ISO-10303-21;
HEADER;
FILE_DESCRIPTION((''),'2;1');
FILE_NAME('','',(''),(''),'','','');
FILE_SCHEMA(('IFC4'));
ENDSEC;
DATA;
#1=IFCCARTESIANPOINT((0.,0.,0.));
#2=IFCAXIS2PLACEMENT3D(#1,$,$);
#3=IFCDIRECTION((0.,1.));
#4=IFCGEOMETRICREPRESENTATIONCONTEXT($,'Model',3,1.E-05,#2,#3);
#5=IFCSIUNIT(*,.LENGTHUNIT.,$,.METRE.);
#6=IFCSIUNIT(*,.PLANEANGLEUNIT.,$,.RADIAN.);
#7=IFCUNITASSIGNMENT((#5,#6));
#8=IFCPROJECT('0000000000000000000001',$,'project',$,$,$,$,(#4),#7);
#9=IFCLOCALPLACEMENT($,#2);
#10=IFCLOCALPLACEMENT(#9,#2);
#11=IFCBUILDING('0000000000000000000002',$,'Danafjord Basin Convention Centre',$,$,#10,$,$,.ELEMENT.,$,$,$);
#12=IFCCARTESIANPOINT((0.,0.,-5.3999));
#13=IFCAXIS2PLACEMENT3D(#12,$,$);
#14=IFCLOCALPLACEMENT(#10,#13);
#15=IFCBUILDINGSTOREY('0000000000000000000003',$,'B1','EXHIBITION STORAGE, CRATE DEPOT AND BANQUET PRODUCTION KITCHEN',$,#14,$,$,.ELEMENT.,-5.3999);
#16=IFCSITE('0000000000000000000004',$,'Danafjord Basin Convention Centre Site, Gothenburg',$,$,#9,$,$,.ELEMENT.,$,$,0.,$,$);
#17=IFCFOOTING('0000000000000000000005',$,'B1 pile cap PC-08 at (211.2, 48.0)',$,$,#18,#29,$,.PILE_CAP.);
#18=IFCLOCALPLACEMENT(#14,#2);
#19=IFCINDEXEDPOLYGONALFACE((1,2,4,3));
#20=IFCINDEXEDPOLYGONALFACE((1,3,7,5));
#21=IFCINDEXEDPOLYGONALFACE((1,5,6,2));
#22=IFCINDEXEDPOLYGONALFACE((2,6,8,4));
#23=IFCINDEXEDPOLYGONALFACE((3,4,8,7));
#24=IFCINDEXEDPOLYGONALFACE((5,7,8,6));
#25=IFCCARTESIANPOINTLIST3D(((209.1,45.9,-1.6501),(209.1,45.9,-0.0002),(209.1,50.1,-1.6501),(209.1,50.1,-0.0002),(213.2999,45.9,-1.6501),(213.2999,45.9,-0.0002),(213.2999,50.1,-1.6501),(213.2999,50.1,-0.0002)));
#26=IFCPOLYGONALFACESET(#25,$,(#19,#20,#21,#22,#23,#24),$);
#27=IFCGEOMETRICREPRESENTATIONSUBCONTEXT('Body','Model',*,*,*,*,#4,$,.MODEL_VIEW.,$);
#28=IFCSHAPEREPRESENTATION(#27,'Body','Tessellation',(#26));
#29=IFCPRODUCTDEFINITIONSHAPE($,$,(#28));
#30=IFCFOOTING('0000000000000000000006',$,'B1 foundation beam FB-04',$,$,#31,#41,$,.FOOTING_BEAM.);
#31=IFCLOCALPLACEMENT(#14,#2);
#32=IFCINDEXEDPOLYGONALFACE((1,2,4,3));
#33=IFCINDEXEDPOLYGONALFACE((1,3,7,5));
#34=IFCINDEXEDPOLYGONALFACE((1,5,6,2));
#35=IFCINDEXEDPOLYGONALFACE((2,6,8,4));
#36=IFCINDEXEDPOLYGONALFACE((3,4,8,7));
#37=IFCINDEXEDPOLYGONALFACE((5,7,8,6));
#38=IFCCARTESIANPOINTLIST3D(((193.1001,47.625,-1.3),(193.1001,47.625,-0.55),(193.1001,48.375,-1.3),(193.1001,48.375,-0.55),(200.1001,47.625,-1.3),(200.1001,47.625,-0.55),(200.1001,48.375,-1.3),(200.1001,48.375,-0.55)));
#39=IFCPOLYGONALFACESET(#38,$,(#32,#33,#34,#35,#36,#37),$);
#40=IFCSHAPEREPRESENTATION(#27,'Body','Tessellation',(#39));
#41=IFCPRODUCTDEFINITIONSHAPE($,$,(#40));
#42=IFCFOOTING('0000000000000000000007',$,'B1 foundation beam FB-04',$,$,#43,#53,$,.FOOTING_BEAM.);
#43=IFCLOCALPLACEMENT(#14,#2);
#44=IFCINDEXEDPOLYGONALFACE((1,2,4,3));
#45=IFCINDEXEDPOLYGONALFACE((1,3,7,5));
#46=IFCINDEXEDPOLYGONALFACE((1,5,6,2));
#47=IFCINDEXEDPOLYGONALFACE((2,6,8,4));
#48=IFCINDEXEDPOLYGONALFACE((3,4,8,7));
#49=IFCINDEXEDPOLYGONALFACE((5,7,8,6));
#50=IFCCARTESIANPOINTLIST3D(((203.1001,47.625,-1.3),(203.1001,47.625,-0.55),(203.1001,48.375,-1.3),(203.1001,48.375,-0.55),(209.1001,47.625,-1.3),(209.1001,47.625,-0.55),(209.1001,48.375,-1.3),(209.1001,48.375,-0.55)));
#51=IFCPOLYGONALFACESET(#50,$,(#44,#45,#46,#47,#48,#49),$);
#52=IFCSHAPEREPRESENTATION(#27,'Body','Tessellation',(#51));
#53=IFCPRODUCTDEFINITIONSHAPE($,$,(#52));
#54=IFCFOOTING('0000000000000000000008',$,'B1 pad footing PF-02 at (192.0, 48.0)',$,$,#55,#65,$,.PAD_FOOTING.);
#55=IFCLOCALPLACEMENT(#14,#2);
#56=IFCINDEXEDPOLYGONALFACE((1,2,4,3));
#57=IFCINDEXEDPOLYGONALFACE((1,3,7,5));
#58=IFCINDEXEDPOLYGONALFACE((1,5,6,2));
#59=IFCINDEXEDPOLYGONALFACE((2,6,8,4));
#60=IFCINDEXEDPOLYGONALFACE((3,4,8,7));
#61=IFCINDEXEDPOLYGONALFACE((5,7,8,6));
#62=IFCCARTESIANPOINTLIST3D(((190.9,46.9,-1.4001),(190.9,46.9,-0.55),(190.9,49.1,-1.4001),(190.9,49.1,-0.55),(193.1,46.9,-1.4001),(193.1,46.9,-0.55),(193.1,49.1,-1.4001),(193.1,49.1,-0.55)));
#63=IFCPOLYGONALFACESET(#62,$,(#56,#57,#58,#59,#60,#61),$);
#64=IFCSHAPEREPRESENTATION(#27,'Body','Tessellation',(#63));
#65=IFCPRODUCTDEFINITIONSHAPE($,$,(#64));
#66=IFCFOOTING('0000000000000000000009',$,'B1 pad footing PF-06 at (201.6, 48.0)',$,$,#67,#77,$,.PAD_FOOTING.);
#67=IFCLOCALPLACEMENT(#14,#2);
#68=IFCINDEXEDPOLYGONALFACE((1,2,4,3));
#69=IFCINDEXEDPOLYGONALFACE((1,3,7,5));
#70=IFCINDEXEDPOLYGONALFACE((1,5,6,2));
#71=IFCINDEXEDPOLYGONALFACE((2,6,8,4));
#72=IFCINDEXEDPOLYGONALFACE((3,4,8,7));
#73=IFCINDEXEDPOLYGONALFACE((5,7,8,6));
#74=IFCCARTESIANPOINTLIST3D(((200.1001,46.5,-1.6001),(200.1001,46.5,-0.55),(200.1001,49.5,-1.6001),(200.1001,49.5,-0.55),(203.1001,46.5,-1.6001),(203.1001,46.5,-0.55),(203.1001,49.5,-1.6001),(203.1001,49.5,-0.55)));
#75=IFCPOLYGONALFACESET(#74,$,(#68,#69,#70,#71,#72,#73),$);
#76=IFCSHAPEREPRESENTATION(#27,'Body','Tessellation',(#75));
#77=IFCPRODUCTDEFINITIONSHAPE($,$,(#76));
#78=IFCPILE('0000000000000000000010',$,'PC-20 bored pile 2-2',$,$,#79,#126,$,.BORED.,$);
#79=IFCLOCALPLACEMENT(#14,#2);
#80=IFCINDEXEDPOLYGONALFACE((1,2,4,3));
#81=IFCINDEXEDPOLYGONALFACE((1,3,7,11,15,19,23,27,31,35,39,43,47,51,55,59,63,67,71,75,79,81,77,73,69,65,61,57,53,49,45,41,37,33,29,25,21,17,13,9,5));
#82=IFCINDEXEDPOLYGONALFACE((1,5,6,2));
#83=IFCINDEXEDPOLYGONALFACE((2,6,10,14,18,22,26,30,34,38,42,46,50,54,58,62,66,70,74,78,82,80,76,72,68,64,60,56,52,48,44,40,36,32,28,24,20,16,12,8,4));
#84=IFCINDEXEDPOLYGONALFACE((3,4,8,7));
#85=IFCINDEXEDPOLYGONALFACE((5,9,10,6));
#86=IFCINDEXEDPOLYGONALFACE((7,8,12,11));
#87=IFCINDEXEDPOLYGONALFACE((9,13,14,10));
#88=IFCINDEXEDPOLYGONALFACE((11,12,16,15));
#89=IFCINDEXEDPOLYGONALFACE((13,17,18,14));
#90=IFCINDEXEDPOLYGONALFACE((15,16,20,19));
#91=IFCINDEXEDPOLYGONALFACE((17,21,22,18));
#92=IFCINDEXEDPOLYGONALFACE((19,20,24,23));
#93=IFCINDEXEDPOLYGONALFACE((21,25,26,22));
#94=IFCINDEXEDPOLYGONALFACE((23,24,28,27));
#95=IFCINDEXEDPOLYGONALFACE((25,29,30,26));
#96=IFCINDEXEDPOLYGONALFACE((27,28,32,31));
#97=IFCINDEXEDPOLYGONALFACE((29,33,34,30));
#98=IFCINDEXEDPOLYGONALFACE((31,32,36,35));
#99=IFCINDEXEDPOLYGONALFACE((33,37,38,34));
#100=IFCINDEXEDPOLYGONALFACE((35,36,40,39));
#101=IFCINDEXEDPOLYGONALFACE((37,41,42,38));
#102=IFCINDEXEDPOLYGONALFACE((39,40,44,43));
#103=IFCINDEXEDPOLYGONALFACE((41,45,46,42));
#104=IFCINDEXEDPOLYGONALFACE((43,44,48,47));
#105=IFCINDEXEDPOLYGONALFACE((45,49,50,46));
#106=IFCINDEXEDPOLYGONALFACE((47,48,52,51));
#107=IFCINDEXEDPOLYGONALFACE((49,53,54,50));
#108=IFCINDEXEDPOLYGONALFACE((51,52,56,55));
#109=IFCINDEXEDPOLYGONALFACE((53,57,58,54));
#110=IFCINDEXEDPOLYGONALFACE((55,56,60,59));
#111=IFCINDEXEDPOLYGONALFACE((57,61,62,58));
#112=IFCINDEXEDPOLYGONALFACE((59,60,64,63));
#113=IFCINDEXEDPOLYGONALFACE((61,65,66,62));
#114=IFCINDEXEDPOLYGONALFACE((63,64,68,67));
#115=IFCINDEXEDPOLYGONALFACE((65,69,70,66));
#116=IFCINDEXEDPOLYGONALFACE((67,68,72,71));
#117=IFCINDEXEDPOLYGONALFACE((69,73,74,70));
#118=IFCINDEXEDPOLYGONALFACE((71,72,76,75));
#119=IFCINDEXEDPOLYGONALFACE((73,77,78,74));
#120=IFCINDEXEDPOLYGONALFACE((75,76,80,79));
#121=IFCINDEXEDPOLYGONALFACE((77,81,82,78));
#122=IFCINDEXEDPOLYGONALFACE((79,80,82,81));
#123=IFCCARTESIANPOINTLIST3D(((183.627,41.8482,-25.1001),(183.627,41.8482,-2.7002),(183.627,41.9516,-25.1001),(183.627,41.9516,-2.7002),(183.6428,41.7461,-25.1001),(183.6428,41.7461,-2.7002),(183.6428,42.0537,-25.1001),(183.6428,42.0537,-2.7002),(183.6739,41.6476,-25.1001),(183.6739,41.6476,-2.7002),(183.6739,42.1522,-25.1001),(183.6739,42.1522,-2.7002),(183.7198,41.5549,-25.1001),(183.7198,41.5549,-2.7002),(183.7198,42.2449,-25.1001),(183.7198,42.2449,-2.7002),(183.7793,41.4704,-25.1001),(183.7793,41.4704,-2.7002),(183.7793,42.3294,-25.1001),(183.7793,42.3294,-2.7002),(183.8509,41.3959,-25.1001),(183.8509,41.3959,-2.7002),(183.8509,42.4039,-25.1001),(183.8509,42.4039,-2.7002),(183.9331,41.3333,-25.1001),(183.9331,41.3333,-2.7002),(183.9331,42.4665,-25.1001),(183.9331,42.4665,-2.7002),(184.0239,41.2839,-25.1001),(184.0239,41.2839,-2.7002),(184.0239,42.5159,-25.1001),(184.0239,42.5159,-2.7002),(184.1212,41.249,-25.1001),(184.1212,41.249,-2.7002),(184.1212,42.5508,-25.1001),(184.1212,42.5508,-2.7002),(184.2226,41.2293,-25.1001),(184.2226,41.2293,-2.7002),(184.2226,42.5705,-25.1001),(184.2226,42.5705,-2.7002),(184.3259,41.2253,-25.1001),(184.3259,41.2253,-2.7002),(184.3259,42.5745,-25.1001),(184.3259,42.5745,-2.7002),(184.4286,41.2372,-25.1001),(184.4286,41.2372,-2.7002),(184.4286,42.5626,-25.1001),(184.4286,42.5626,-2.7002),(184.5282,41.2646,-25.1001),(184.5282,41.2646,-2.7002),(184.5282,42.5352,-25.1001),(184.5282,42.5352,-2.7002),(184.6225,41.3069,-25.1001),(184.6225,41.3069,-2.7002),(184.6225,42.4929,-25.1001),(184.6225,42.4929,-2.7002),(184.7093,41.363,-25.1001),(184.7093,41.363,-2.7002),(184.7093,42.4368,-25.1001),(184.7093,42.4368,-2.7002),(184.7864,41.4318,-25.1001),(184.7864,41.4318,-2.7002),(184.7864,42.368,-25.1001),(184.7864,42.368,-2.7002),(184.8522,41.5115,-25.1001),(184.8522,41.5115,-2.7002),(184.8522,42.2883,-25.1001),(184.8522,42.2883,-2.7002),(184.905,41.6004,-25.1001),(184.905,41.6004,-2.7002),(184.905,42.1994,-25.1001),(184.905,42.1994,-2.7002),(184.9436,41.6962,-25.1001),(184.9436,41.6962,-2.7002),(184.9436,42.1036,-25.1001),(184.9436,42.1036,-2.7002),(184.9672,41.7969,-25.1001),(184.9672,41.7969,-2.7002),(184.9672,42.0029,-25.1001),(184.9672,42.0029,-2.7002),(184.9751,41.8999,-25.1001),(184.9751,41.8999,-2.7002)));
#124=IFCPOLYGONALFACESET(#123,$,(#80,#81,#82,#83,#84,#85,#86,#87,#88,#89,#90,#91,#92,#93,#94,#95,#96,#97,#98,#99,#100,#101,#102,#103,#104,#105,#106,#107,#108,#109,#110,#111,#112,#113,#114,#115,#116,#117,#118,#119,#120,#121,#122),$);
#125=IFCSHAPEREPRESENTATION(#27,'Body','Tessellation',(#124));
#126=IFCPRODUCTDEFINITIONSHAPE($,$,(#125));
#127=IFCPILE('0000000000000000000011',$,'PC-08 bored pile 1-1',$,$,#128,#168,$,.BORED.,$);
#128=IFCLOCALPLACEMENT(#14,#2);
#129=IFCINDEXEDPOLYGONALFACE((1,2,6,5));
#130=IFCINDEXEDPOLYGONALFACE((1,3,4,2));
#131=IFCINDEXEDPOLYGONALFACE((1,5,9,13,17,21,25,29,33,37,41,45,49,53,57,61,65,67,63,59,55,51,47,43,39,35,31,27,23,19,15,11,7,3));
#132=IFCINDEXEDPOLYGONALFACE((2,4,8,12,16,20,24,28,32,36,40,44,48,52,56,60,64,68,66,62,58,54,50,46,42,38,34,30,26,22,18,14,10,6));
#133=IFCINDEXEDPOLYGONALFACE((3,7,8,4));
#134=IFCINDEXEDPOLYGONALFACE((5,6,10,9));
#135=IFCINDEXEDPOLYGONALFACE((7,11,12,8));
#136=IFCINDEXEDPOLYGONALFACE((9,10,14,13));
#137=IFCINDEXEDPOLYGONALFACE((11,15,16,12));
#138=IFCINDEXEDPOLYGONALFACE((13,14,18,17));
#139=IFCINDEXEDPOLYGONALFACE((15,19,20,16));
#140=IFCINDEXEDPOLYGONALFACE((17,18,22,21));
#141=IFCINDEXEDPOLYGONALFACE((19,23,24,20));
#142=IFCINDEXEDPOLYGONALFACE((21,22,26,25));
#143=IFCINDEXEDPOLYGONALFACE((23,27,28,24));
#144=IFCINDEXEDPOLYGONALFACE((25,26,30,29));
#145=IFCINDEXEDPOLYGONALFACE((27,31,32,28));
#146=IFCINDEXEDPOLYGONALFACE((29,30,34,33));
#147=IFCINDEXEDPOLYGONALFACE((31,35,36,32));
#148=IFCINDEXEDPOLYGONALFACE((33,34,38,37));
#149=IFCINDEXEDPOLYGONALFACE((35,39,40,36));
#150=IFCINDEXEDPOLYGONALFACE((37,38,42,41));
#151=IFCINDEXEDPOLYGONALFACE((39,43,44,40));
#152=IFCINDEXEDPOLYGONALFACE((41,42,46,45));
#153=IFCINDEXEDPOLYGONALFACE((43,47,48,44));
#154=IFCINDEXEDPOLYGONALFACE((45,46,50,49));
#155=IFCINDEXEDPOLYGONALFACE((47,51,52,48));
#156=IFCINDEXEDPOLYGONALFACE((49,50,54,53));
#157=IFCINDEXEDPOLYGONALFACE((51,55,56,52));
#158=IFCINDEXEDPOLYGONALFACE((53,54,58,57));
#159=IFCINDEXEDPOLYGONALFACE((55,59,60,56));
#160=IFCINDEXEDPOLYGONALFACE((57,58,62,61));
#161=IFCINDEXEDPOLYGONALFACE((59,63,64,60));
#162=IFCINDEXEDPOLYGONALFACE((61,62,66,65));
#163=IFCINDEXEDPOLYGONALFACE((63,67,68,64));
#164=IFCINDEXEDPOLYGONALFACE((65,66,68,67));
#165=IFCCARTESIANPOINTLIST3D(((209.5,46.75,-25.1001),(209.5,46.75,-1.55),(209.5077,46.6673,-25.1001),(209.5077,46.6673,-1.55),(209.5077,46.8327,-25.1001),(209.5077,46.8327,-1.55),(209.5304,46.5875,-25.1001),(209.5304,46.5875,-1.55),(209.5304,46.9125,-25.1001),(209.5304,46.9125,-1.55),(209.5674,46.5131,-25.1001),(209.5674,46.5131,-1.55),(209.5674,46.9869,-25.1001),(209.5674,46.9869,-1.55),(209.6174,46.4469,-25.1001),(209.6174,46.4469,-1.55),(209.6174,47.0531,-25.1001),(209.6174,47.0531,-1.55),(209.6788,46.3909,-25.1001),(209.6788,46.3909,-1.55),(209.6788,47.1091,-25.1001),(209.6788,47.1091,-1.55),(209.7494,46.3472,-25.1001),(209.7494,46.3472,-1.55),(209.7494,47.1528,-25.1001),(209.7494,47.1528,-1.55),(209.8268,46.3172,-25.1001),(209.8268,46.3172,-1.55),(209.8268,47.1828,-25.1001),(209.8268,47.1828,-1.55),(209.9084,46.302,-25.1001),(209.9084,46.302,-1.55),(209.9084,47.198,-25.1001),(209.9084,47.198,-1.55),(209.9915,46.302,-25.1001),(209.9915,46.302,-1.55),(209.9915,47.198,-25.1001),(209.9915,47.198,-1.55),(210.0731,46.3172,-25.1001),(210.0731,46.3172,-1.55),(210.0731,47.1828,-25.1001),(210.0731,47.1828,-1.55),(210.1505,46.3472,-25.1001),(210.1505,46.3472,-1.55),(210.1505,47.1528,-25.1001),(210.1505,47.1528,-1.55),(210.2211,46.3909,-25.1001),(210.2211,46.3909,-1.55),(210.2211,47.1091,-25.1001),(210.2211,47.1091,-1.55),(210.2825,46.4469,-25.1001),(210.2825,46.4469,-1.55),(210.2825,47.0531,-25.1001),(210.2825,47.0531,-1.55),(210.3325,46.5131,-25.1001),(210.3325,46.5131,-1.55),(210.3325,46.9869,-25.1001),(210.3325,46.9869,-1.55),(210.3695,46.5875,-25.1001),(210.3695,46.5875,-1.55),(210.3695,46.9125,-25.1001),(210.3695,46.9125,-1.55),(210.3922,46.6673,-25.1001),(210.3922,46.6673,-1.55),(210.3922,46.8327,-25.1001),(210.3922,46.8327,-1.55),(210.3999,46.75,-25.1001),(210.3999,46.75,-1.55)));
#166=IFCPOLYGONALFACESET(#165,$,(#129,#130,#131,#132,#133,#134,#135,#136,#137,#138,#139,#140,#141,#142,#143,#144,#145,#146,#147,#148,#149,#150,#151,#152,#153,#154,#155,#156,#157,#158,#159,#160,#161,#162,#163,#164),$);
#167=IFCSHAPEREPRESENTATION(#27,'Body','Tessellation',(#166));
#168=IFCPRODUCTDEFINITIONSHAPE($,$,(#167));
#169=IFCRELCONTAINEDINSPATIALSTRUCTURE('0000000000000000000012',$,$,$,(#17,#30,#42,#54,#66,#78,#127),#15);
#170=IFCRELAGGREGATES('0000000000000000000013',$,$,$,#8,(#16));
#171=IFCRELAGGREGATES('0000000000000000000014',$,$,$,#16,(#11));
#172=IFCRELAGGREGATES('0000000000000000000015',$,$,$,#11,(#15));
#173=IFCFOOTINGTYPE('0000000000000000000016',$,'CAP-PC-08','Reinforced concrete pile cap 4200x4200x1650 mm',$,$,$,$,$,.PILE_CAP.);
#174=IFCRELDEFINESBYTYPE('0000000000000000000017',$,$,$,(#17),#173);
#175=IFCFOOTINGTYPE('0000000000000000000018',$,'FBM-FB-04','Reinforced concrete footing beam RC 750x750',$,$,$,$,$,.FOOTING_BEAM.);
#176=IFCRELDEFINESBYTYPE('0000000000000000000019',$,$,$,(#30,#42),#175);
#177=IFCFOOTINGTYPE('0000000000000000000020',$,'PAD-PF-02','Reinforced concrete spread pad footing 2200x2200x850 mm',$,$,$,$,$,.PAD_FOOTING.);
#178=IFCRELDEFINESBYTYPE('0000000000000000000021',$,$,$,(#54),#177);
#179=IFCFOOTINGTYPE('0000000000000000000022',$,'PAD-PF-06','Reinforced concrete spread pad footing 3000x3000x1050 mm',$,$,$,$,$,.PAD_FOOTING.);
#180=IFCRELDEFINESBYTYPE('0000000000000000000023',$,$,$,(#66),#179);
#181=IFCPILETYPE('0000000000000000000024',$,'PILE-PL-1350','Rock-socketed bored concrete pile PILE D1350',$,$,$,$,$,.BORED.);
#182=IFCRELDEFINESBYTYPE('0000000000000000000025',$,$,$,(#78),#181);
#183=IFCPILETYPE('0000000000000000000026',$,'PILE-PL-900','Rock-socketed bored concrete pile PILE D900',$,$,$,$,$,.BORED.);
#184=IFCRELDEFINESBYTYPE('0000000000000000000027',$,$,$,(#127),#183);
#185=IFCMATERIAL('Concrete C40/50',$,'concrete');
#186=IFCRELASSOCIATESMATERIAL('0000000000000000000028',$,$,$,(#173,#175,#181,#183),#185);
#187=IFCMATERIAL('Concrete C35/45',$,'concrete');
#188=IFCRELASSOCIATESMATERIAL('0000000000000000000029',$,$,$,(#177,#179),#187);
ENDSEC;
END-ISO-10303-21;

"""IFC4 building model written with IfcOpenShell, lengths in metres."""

from ifc_helpers import new_model, si_unit, direction, frame, origin, origin_2d, place, context, subcontext, project, spatial, rectangle, circle, extrude, material, material_profile, profile_set, type_object, element, save


model = new_model("IFC4")

# Units and contexts
model_context = context("Model", 3, precision=1e-05, world=origin(), true_north=direction((0.0, 1.0)))
body_context = subcontext(model_context, "Body", "Model", "MODEL_VIEW")
ifc_project = project(units=[si_unit("LENGTHUNIT", "METRE"), si_unit("PLANEANGLEUNIT", "RADIAN")], contexts=[model_context])

# Site, building, storey
site_placement = place(None, origin())
site = spatial("IfcSite", under=ifc_project, at=site_placement, Name="Danafjord Basin Convention Centre Site, Gothenburg", CompositionType="ELEMENT", RefElevation=0.0)
building_placement = place(site_placement, origin())
building = spatial("IfcBuilding", under=site, at=building_placement, Name="Danafjord Basin Convention Centre", CompositionType="ELEMENT")
storey_placement = place(building_placement, frame((0.0, 0.0, -5.3999)))
storey = spatial("IfcBuildingStorey", under=building, at=storey_placement, Name="B1", Description="EXHIBITION STORAGE, CRATE DEPOT AND BANQUET PRODUCTION KITCHEN", CompositionType="ELEMENT", Elevation=-5.3999)

# Footings
ifc_material_1 = material(Name="Concrete C40/50", Category="concrete")
footing_type_1 = type_object("IfcFootingType", Name="CAP-PC-08", Description="Reinforced concrete pile cap 4200x4200x1650 mm", PredefinedType="PILE_CAP", material=ifc_material_1)
footing_1_placement = place(storey_placement, frame((211.2, 48.0, -1.6501), z_axis=(0.0, 0.0, 1.0), x_axis=(1.0, 0.0, 0.0)))
element("IfcFooting", 1, at=footing_1_placement, inside=storey, type_object=footing_type_1, Name="B1 pile cap PC-08 at (211.2, 48.0)", PredefinedType="PILE_CAP", context=body_context, shape_type="SweptSolid", body=[
    extrude(rectangle(XDim=4.2, YDim=4.2, at=origin_2d()), origin(), (0.0, 0.0, 1.0), 1.6499),
])
ifc_material_profile_1 = material_profile(ifc_material_1, rectangle(XDim=0.75, YDim=0.75, at=origin_2d()), Name="RC 750x750")
ifc_profile_set_1 = profile_set([ifc_material_profile_1], Name="Concrete C40/50")
footing_type_2 = type_object("IfcFootingType", Name="FBM-FB-04", Description="Reinforced concrete footing beam RC 750x750", PredefinedType="FOOTING_BEAM", material=ifc_profile_set_1)
footing_2_placement = place(storey_placement, frame((193.1001, 48.0, -0.925), z_axis=(1.0, 0.0, 0.0), x_axis=(0.0, 1.0, 0.0)))
element("IfcFooting", 2, at=footing_2_placement, inside=storey, type_object=footing_type_2, Name="B1 foundation beam FB-04", PredefinedType="FOOTING_BEAM", context=body_context, shape_type="SweptSolid", body=[
    extrude(rectangle(XDim=0.75, YDim=0.75, at=origin_2d()), origin(), (0.0, 0.0, 1.0), 7.0),
])
footing_3_placement = place(storey_placement, frame((203.1001, 48.0, -0.925), z_axis=(1.0, 0.0, 0.0), x_axis=(0.0, 1.0, 0.0)))
element("IfcFooting", 3, at=footing_3_placement, inside=storey, type_object=footing_type_2, Name="B1 foundation beam FB-04", PredefinedType="FOOTING_BEAM", context=body_context, shape_type="SweptSolid", body=[
    extrude(rectangle(XDim=0.75, YDim=0.75, at=origin_2d()), origin(), (0.0, 0.0, 1.0), 6.0),
])
ifc_material_2 = material(Name="Concrete C35/45", Category="concrete")
footing_type_3 = type_object("IfcFootingType", Name="PAD-PF-02", Description="Reinforced concrete spread pad footing 2200x2200x850 mm", PredefinedType="PAD_FOOTING", material=ifc_material_2)
footing_4_placement = place(storey_placement, frame((192.0, 48.0, -1.4001), z_axis=(0.0, 0.0, 1.0), x_axis=(1.0, 0.0, 0.0)))
element("IfcFooting", 4, at=footing_4_placement, inside=storey, type_object=footing_type_3, Name="B1 pad footing PF-02 at (192.0, 48.0)", PredefinedType="PAD_FOOTING", context=body_context, shape_type="SweptSolid", body=[
    extrude(rectangle(XDim=2.2, YDim=2.2, at=origin_2d()), origin(), (0.0, 0.0, 1.0), 0.8501),
])
footing_type_4 = type_object("IfcFootingType", Name="PAD-PF-06", Description="Reinforced concrete spread pad footing 3000x3000x1050 mm", PredefinedType="PAD_FOOTING", material=ifc_material_2)
footing_5_placement = place(storey_placement, frame((201.6001, 48.0, -1.6001), z_axis=(0.0, 0.0, 1.0), x_axis=(1.0, 0.0, 0.0)))
element("IfcFooting", 5, at=footing_5_placement, inside=storey, type_object=footing_type_4, Name="B1 pad footing PF-06 at (201.6, 48.0)", PredefinedType="PAD_FOOTING", context=body_context, shape_type="SweptSolid", body=[
    extrude(rectangle(XDim=3.0, YDim=3.0, at=origin_2d()), origin(), (0.0, 0.0, 1.0), 1.05),
])

# Piles
ifc_material_profile_2 = material_profile(ifc_material_1, circle(Radius=0.675, at=origin_2d()), Name="PILE D1350")
ifc_profile_set_2 = profile_set([ifc_material_profile_2], Name="Concrete C40/50")
pile_type_1 = type_object("IfcPileType", Name="PILE-PL-1350", Description="Rock-socketed bored concrete pile PILE D1350", PredefinedType="BORED", material=ifc_profile_set_2)
pile_placement = place(storey_placement, frame((184.3, 41.8999, -2.7002), z_axis=(0.0, 0.0, -1.0), x_axis=(1.0, 0.0, 0.0)))
element("IfcPile", 6, at=pile_placement, inside=storey, type_object=pile_type_1, Name="PC-20 bored pile 2-2", PredefinedType="BORED", context=body_context, shape_type="SweptSolid", body=[
    extrude(circle(Radius=0.675, at=origin_2d()), origin(), (0.0, 0.0, 1.0), 22.3999),
])
ifc_material_profile_3 = material_profile(ifc_material_1, circle(Radius=0.45, at=origin_2d()), Name="PILE D900")
ifc_profile_set_3 = profile_set([ifc_material_profile_3], Name="Concrete C40/50")
pile_type_2 = type_object("IfcPileType", Name="PILE-PL-900", Description="Rock-socketed bored concrete pile PILE D900", PredefinedType="BORED", material=ifc_profile_set_3)
for number, where, z_axis, x_axis, name in (
    (7, (209.95, 46.75, -1.55), (0.0, 0.0, -1.0), (1.0, 0.0, 0.0), "PC-08 bored pile 1-1"),
):
    element("IfcPile", number, at=place(storey_placement, frame(where, z_axis=z_axis, x_axis=x_axis)), inside=storey, type_object=pile_type_2, Name=name, PredefinedType="BORED", context=body_context, shape_type="SweptSolid", body=[
        extrude(circle(Radius=0.45, at=origin_2d()), origin(), (0.0, 0.0, 1.0), 23.55),
    ])

save(model, "model.ifc")
